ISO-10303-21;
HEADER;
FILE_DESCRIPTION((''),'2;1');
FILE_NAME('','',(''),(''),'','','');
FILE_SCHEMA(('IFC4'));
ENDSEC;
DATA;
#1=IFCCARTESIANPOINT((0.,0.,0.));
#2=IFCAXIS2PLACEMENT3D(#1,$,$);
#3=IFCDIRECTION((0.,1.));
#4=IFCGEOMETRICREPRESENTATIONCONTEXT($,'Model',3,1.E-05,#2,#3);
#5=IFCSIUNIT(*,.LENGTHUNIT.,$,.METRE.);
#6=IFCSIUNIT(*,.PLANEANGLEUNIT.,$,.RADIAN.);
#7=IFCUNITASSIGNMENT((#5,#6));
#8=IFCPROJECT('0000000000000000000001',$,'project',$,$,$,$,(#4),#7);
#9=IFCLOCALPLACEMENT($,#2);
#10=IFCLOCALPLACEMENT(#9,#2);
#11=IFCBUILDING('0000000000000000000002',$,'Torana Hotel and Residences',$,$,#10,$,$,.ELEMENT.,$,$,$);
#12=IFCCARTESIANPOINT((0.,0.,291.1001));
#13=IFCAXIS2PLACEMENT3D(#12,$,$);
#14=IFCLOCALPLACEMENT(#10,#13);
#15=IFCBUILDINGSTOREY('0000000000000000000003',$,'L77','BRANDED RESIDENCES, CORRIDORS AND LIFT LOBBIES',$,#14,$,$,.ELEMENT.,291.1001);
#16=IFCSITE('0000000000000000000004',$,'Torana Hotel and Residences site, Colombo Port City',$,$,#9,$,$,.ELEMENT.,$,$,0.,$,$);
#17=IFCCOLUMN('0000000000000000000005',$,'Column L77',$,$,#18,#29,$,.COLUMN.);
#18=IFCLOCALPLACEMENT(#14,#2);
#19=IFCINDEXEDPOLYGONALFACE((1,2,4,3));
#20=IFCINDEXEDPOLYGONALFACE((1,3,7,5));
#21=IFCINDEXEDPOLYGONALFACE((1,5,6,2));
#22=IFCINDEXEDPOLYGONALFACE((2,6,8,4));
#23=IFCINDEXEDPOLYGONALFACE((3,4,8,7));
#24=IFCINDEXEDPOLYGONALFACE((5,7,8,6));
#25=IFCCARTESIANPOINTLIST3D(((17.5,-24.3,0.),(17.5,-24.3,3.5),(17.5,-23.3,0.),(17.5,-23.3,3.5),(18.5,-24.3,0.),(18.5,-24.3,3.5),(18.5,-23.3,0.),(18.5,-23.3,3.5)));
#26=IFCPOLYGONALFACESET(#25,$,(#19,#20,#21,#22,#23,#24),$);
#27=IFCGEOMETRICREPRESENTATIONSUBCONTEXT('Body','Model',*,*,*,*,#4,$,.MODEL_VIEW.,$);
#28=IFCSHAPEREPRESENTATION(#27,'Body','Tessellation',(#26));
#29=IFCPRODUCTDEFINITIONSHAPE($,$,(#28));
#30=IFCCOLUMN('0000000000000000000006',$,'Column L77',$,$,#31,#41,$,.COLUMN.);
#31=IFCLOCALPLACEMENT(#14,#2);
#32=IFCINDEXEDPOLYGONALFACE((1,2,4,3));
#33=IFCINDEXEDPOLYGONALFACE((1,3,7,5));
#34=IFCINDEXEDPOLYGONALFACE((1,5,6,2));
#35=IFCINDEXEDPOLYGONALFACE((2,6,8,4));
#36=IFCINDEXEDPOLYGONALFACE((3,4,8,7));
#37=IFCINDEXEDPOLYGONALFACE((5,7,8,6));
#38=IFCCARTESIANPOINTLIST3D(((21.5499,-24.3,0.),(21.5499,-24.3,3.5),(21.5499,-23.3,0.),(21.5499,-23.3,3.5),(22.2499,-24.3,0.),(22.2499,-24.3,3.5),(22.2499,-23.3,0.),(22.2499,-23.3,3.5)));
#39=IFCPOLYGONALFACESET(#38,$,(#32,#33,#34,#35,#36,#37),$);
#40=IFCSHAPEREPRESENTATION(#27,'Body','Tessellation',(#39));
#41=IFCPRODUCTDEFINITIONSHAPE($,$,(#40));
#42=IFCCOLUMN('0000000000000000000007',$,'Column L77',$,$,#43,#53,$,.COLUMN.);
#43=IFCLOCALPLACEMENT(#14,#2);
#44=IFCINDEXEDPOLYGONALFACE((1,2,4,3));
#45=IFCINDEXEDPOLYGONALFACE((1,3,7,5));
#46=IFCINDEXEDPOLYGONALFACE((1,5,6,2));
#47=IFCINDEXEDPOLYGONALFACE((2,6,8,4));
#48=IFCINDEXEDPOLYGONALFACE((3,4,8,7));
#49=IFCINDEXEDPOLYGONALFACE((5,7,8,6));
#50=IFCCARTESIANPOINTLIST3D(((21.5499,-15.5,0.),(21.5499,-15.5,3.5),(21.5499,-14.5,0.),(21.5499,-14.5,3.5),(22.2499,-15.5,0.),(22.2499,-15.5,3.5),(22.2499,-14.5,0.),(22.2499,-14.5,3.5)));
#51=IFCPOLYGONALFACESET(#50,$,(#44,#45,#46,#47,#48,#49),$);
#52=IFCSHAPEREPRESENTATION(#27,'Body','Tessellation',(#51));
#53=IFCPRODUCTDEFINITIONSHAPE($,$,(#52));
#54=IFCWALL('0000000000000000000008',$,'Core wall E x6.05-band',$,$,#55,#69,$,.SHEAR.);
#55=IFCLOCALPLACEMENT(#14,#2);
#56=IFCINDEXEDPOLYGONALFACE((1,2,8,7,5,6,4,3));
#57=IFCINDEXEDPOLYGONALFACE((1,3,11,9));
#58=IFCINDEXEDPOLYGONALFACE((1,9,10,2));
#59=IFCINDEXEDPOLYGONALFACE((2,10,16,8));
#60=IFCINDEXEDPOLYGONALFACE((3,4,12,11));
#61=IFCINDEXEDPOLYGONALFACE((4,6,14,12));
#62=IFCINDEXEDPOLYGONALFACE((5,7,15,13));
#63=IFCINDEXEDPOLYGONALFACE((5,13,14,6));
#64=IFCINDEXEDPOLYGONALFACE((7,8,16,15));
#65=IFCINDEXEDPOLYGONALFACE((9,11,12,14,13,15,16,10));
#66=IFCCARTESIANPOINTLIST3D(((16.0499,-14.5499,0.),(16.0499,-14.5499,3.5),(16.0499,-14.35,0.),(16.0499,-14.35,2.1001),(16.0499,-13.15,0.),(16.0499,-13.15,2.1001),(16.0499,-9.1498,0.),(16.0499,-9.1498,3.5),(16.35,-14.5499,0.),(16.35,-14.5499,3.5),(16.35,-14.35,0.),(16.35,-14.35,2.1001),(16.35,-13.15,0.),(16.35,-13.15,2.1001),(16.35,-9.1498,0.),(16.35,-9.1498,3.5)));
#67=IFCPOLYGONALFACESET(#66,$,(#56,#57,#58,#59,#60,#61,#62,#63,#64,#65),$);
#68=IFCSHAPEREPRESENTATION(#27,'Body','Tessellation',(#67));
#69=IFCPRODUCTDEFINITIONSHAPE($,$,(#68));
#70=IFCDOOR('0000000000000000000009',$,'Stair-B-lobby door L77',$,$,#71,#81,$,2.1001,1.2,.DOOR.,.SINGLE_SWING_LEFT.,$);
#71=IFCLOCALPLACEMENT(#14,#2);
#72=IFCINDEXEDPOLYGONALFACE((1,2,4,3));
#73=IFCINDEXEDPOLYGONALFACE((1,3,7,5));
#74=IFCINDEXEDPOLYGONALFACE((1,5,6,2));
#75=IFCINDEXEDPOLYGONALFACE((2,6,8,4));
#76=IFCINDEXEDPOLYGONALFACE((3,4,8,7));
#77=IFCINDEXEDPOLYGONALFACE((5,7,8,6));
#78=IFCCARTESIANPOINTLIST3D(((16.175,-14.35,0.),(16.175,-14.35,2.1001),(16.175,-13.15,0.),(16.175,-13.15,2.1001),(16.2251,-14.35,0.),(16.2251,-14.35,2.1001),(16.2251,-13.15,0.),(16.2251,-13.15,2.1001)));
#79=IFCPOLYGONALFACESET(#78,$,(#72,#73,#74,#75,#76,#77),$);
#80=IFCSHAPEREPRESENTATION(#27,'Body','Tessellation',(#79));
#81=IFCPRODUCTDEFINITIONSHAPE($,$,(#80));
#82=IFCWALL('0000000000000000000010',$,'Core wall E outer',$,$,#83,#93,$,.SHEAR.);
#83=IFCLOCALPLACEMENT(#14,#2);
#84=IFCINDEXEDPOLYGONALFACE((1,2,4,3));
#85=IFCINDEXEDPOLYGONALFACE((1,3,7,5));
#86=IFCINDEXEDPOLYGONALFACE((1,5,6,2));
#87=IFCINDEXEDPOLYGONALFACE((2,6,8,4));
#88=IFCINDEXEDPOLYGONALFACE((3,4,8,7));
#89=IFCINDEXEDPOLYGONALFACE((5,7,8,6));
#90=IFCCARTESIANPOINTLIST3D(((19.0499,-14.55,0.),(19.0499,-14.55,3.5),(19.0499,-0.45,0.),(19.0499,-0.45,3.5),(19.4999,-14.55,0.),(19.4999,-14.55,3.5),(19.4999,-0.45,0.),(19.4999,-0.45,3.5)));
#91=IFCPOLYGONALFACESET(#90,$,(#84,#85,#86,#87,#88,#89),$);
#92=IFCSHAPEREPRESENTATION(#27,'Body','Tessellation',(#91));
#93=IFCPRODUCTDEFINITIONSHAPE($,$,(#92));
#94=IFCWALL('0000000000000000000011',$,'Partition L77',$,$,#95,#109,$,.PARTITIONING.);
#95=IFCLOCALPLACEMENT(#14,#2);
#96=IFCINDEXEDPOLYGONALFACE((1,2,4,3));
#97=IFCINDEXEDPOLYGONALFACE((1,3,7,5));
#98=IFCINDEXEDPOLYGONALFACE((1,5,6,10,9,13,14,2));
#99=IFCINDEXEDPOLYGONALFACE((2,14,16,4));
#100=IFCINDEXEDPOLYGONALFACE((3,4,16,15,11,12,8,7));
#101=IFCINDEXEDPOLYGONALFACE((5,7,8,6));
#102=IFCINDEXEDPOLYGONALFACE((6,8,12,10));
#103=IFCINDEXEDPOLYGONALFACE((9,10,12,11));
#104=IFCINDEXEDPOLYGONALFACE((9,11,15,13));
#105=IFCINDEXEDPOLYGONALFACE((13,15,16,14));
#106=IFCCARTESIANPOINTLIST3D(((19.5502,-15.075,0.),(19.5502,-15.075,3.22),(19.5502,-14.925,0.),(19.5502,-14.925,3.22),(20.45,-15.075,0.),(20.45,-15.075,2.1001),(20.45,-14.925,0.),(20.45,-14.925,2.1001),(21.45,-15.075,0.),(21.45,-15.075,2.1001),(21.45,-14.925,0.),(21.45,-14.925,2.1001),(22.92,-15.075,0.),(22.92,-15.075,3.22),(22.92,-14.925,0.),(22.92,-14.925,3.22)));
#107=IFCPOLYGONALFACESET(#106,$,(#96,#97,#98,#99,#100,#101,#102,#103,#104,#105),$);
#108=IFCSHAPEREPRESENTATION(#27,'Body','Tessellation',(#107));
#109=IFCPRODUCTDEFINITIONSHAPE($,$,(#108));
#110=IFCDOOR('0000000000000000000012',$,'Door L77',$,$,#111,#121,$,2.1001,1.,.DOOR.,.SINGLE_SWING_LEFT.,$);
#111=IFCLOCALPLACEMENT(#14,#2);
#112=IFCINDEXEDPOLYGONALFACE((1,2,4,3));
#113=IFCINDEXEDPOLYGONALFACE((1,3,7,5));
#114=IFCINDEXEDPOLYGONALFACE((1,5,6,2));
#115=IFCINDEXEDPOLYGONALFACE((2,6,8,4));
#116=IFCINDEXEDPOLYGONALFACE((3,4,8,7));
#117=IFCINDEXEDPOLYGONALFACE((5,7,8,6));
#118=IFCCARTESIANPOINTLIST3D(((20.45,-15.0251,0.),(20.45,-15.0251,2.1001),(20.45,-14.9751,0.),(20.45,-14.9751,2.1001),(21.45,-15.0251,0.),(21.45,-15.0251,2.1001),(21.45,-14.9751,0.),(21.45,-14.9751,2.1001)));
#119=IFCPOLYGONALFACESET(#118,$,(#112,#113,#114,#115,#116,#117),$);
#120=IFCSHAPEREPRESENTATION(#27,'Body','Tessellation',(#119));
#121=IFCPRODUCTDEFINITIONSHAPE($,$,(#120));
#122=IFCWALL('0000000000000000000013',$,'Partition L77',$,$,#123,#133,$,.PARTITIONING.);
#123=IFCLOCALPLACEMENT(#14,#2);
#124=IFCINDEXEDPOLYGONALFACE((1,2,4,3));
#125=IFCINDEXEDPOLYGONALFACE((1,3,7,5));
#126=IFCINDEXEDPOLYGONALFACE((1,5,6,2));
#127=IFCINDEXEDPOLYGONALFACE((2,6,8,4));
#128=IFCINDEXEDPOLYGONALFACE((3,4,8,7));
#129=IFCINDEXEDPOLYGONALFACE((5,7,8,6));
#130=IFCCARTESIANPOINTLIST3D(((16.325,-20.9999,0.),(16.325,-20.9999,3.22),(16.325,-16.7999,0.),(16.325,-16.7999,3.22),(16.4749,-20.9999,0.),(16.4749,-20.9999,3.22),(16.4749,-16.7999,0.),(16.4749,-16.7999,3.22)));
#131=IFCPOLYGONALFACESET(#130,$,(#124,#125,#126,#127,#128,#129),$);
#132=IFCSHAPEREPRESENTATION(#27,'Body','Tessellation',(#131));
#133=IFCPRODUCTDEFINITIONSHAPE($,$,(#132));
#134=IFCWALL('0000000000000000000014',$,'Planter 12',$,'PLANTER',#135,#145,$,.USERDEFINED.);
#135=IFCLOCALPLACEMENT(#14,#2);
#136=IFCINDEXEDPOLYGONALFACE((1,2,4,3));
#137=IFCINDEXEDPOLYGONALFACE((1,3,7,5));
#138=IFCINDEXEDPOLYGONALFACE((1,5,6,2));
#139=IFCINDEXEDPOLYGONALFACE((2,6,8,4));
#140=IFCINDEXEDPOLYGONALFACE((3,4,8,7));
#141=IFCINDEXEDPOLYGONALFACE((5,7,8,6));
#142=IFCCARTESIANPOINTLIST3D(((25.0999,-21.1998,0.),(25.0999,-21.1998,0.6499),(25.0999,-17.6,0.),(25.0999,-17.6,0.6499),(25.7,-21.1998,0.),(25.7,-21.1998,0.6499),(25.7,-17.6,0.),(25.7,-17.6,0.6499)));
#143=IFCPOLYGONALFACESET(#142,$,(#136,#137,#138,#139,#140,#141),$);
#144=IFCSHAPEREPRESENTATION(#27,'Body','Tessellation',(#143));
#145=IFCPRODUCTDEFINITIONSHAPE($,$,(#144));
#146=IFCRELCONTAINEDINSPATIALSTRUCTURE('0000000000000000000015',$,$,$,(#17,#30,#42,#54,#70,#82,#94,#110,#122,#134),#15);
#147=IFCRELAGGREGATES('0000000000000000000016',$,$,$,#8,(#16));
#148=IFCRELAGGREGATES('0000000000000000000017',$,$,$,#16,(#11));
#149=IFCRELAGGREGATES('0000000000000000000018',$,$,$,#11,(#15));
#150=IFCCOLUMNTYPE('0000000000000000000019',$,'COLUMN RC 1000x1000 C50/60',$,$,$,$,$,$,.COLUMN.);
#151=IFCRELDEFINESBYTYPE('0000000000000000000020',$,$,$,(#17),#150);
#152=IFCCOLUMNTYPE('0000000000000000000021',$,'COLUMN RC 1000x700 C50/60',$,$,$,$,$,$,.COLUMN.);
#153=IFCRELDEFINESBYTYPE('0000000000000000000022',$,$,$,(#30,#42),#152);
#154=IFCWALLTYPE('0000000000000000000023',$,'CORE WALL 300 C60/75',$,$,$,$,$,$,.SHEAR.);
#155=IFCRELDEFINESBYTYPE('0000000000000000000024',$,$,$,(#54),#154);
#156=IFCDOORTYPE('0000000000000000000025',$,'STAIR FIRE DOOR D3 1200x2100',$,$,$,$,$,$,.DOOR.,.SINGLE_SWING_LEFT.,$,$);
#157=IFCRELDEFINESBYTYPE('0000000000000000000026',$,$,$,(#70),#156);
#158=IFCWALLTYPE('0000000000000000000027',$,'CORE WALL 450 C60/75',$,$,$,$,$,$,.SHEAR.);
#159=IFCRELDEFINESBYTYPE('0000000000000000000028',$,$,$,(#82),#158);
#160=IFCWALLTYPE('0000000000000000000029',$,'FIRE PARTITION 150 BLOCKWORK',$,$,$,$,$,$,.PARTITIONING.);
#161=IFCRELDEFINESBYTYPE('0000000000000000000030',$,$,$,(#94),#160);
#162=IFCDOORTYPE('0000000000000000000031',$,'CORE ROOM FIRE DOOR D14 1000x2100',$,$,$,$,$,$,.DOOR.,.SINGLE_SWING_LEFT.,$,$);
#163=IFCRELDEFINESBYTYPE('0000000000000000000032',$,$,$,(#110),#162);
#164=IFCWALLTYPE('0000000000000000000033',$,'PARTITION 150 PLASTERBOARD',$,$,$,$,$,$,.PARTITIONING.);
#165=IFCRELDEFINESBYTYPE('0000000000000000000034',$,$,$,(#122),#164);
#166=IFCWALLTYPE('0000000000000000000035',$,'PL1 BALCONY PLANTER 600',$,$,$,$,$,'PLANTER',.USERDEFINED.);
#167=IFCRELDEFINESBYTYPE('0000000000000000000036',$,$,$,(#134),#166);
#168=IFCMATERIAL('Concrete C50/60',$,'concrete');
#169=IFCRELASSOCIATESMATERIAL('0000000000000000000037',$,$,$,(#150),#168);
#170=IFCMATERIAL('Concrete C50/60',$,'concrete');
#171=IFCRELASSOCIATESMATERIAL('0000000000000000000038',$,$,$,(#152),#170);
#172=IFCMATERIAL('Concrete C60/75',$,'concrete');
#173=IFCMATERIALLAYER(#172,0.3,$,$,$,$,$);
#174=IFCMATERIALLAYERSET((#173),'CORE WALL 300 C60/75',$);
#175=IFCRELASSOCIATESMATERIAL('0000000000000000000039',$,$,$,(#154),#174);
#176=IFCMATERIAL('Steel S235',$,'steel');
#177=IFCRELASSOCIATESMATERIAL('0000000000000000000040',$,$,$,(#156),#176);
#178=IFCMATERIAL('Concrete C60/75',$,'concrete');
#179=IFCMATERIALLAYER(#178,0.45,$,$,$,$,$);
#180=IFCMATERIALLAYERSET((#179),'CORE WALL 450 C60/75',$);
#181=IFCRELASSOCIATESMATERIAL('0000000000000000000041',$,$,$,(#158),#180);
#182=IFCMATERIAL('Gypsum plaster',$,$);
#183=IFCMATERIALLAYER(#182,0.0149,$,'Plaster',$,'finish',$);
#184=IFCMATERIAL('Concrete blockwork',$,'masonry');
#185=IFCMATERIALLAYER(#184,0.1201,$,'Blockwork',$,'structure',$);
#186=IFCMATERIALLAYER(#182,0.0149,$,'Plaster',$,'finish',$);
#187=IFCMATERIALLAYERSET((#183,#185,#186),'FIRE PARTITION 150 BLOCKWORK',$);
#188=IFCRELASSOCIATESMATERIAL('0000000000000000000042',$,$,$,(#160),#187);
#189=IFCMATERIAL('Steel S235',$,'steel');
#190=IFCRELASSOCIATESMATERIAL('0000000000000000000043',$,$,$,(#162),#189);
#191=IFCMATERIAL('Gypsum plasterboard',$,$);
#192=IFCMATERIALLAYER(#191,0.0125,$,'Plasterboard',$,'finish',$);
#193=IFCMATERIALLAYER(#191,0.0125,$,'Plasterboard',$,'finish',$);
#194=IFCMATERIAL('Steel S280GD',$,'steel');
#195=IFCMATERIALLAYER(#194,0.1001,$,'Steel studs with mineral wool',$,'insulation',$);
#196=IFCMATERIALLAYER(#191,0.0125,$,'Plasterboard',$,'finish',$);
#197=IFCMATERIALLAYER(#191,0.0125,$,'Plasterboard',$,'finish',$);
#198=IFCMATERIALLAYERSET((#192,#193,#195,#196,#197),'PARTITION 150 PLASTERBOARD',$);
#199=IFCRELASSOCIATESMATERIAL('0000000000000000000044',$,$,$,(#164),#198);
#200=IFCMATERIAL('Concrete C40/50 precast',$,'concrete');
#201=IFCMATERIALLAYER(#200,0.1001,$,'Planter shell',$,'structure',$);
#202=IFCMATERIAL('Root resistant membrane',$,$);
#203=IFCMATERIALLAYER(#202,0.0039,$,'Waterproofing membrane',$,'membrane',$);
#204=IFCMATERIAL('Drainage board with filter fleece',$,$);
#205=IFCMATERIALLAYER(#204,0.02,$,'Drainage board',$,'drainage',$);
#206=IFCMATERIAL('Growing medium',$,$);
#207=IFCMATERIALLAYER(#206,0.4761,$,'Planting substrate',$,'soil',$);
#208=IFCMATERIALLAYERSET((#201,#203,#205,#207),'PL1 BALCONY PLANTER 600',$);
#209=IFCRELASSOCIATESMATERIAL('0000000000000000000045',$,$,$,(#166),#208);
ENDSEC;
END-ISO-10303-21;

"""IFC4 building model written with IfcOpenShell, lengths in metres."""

from ifc_helpers import new_model, si_unit, direction, frame, frame_2d, origin, origin_2d, place, context, subcontext, project, spatial, rectangle, extrude, material, layer, layer_set, material_profile, profile_set, type_object, element, fill, save


model = new_model("IFC4")

# Units and contexts
model_context = context("Model", 3, precision=1e-05, world=origin(), true_north=direction((0.0, 1.0)))
body_context = subcontext(model_context, "Body", "Model", "MODEL_VIEW")
ifc_project = project(units=[si_unit("LENGTHUNIT", "METRE"), si_unit("PLANEANGLEUNIT", "RADIAN")], contexts=[model_context])

# Site, building, storey
site_placement = place(None, origin())
site = spatial("IfcSite", under=ifc_project, at=site_placement, Name="Torana Hotel and Residences site, Colombo Port City", CompositionType="ELEMENT", RefElevation=0.0)
building_placement = place(site_placement, origin())
building = spatial("IfcBuilding", under=site, at=building_placement, Name="Torana Hotel and Residences", CompositionType="ELEMENT")
storey_placement = place(building_placement, frame((0.0, 0.0, 291.1001)))
storey = spatial("IfcBuildingStorey", under=building, at=storey_placement, Name="L77", Description="BRANDED RESIDENCES, CORRIDORS AND LIFT LOBBIES", CompositionType="ELEMENT", Elevation=291.1001)

# Columns
ifc_material_1 = material(Name="Concrete C50/60", Category="concrete")
ifc_material_profile_1 = material_profile(ifc_material_1, rectangle(XDim=1.0, YDim=1.0, at=origin_2d()), Name="RC 1000x1000")
ifc_profile_set_1 = profile_set([ifc_material_profile_1], Name="Concrete C50/60")
column_type_1 = type_object("IfcColumnType", Name="COLUMN RC 1000x1000 C50/60", PredefinedType="COLUMN", material=ifc_profile_set_1)
column_placement = place(storey_placement, frame((18.0, -23.8, 0.0), z_axis=(0.0, 0.0, 1.0), x_axis=(1.0, 0.0, 0.0)))
element("IfcColumn", 1, at=column_placement, inside=storey, type_object=column_type_1, Name="Column L77", PredefinedType="COLUMN", context=body_context, shape_type="SweptSolid", body=[
    extrude(rectangle(XDim=1.0, YDim=1.0, at=origin_2d()), origin(), (0.0, 0.0, 1.0), 3.5),
])
ifc_material_2 = material(Name="Concrete C50/60", Category="concrete")
ifc_material_profile_2 = material_profile(ifc_material_2, rectangle(XDim=1.0, YDim=0.7, at=origin_2d()), Name="RC 1000x700")
ifc_profile_set_2 = profile_set([ifc_material_profile_2], Name="Concrete C50/60")
column_type_2 = type_object("IfcColumnType", Name="COLUMN RC 1000x700 C50/60", PredefinedType="COLUMN", material=ifc_profile_set_2)
for number, where, z_axis, x_axis, name in (
    (2, (21.8999, -23.8, 0.0), (0.0, 0.0, 1.0), (0.0, 1.0, 0.0), "Column L77"),
    (3, (21.8999, -15.0, 0.0), (0.0, 0.0, 1.0), (0.0, 1.0, 0.0), "Column L77"),
):
    element("IfcColumn", number, at=place(storey_placement, frame(where, z_axis=z_axis, x_axis=x_axis)), inside=storey, type_object=column_type_2, Name=name, PredefinedType="COLUMN", context=body_context, shape_type="SweptSolid", body=[
        extrude(rectangle(XDim=1.0, YDim=0.7, at=origin_2d()), origin(), (0.0, 0.0, 1.0), 3.5),
    ])

# Wall, opening, door
ifc_material_3 = material(Name="Concrete C60/75", Category="concrete")
ifc_layer_1 = layer(ifc_material_3, 0.3)
ifc_layer_set_1 = layer_set([ifc_layer_1], Name="CORE WALL 300 C60/75")
wall_type_1 = type_object("IfcWallType", Name="CORE WALL 300 C60/75", PredefinedType="SHEAR", material=ifc_layer_set_1)
wall_1_placement = place(storey_placement, frame((16.2, -14.55, 0.0), z_axis=(0.0, 0.0, 1.0), x_axis=(0.0, 1.0, 0.0)))
wall_1 = element("IfcWall", 4, at=wall_1_placement, inside=storey, type_object=wall_type_1, Name="Core wall E x6.05-band", PredefinedType="SHEAR", context=body_context, shape_type="SweptSolid", body=[
    extrude(rectangle(XDim=5.4001, YDim=0.3, at=frame_2d((2.7002, 0.0))), origin(), (0.0, 0.0, 1.0), 3.5),
])
opening_1_placement = place(wall_1_placement, frame((0.2, 0.0, 0.0)))
opening_1 = element("IfcOpeningElement", 5, at=opening_1_placement, cuts=wall_1, PredefinedType="OPENING", context=body_context, shape_type="SweptSolid", body=[
    extrude(rectangle(XDim=1.2, YDim=2.1001, at=frame_2d((0.6001, 1.05))), frame((0.0, 0.1599, 0.0), z_axis=(0.0, -1.0, 0.0), x_axis=(1.0, 0.0, 0.0)), (0.0, 0.0, 1.0), 0.3201),
])
ifc_material_4 = material(Name="Steel S235", Category="steel")
door_type_1 = type_object("IfcDoorType", Name="STAIR FIRE DOOR D3 1200x2100", OperationType="SINGLE_SWING_LEFT", PredefinedType="DOOR", material=ifc_material_4)
door_1_placement = place(opening_1_placement, frame((0.6001, 0.0, 0.0), z_axis=(0.0, 0.0, 1.0), x_axis=(-1.0, 0.0, 0.0)))
door_1 = element("IfcDoor", 6, at=door_1_placement, inside=storey, type_object=door_type_1, Name="Stair-B-lobby door L77", OperationType="SINGLE_SWING_LEFT", OverallHeight=2.1001, OverallWidth=1.2, PredefinedType="DOOR", context=body_context, shape_type="SweptSolid", body=[
    extrude(rectangle(XDim=1.2, YDim=2.1001, at=frame_2d((0.0, 1.05))), frame((0.0, -0.0249, 0.0), z_axis=(0.0, 1.0, 0.0), x_axis=(-1.0, 0.0, 0.0)), (0.0, 0.0, 1.0), 0.05),
])
fill(opening_1, door_1)

# Wall
ifc_material_5 = material(Name="Concrete C60/75", Category="concrete")
ifc_layer_2 = layer(ifc_material_5, 0.45)
ifc_layer_set_2 = layer_set([ifc_layer_2], Name="CORE WALL 450 C60/75")
wall_type_2 = type_object("IfcWallType", Name="CORE WALL 450 C60/75", PredefinedType="SHEAR", material=ifc_layer_set_2)
wall_2_placement = place(storey_placement, frame((19.2749, -14.55, 0.0), z_axis=(0.0, 0.0, 1.0), x_axis=(0.0, 1.0, 0.0)))
element("IfcWall", 7, at=wall_2_placement, inside=storey, type_object=wall_type_2, Name="Core wall E outer", PredefinedType="SHEAR", context=body_context, shape_type="SweptSolid", body=[
    extrude(rectangle(XDim=14.1001, YDim=0.45, at=frame_2d((7.05, 0.0))), origin(), (0.0, 0.0, 1.0), 3.5),
])

# Wall, opening, door
ifc_material_6 = material(Name="Gypsum plaster")
ifc_layer_3 = layer(ifc_material_6, 0.0149, Name="Plaster", Category="finish")
ifc_material_7 = material(Name="Concrete blockwork", Category="masonry")
ifc_layer_4 = layer(ifc_material_7, 0.1201, Name="Blockwork", Category="structure")
ifc_layer_5 = layer(ifc_material_6, 0.0149, Name="Plaster", Category="finish")
ifc_layer_set_3 = layer_set([ifc_layer_3, ifc_layer_4, ifc_layer_5], Name="FIRE PARTITION 150 BLOCKWORK")
wall_type_3 = type_object("IfcWallType", Name="FIRE PARTITION 150 BLOCKWORK", PredefinedType="PARTITIONING", material=ifc_layer_set_3)
wall_3_placement = place(storey_placement, frame((19.55, -15.0, 0.0), z_axis=(0.0, 0.0, 1.0), x_axis=(1.0, 0.0, 0.0)))
wall_3 = element("IfcWall", 8, at=wall_3_placement, inside=storey, type_object=wall_type_3, Name="Partition L77", PredefinedType="PARTITIONING", context=body_context, shape_type="SweptSolid", body=[
    extrude(rectangle(XDim=3.3699, YDim=0.1499, at=frame_2d((1.6851, 0.0))), origin(), (0.0, 0.0, 1.0), 3.22),
])
opening_2_placement = place(wall_3_placement, frame((0.8999, 0.0, 0.0)))
opening_2 = element("IfcOpeningElement", 9, at=opening_2_placement, cuts=wall_3, PredefinedType="OPENING", context=body_context, shape_type="SweptSolid", body=[
    extrude(rectangle(XDim=1.0, YDim=2.1001, at=frame_2d((0.5, 1.05))), frame((0.0, 0.085, 0.0), z_axis=(0.0, -1.0, 0.0), x_axis=(1.0, 0.0, 0.0)), (0.0, 0.0, 1.0), 0.1699),
])
ifc_material_8 = material(Name="Steel S235", Category="steel")
door_type_2 = type_object("IfcDoorType", Name="CORE ROOM FIRE DOOR D14 1000x2100", OperationType="SINGLE_SWING_LEFT", PredefinedType="DOOR", material=ifc_material_8)
door_2_placement = place(opening_2_placement, origin())
door_2 = element("IfcDoor", 10, at=door_2_placement, inside=storey, type_object=door_type_2, Name="Door L77", OperationType="SINGLE_SWING_LEFT", OverallHeight=2.1001, OverallWidth=1.0, PredefinedType="DOOR", context=body_context, shape_type="SweptSolid", body=[
    extrude(rectangle(XDim=1.0, YDim=2.1001, at=frame_2d((0.5, 1.05))), frame((0.0, 0.0249, 0.0), z_axis=(0.0, -1.0, 0.0), x_axis=(1.0, 0.0, 0.0)), (0.0, 0.0, 1.0), 0.05),
])
fill(opening_2, door_2)

# Walls
ifc_material_9 = material(Name="Gypsum plasterboard")
ifc_layer_6 = layer(ifc_material_9, 0.0125, Name="Plasterboard", Category="finish")
ifc_layer_7 = layer(ifc_material_9, 0.0125, Name="Plasterboard", Category="finish")
ifc_material_10 = material(Name="Steel S280GD", Category="steel")
ifc_layer_8 = layer(ifc_material_10, 0.1001, Name="Steel studs with mineral wool", Category="insulation")
ifc_layer_9 = layer(ifc_material_9, 0.0125, Name="Plasterboard", Category="finish")
ifc_layer_10 = layer(ifc_material_9, 0.0125, Name="Plasterboard", Category="finish")
ifc_layer_set_4 = layer_set([ifc_layer_6, ifc_layer_7, ifc_layer_8, ifc_layer_9, ifc_layer_10], Name="PARTITION 150 PLASTERBOARD")
wall_type_4 = type_object("IfcWallType", Name="PARTITION 150 PLASTERBOARD", PredefinedType="PARTITIONING", material=ifc_layer_set_4)
wall_4_placement = place(storey_placement, frame((16.3999, -21.0, 0.0), z_axis=(0.0, 0.0, 1.0), x_axis=(0.0, 1.0, 0.0)))
element("IfcWall", 11, at=wall_4_placement, inside=storey, type_object=wall_type_4, Name="Partition L77", PredefinedType="PARTITIONING", context=body_context, shape_type="SweptSolid", body=[
    extrude(rectangle(XDim=4.2, YDim=0.1499, at=frame_2d((2.1001, 0.0))), origin(), (0.0, 0.0, 1.0), 3.22),
])
ifc_material_11 = material(Name="Concrete C40/50 precast", Category="concrete")
ifc_layer_11 = layer(ifc_material_11, 0.1001, Name="Planter shell", Category="structure")
ifc_material_12 = material(Name="Root resistant membrane")
ifc_layer_12 = layer(ifc_material_12, 0.0039, Name="Waterproofing membrane", Category="membrane")
ifc_material_13 = material(Name="Drainage board with filter fleece")
ifc_layer_13 = layer(ifc_material_13, 0.02, Name="Drainage board", Category="drainage")
ifc_material_14 = material(Name="Growing medium")
ifc_layer_14 = layer(ifc_material_14, 0.4761, Name="Planting substrate", Category="soil")
ifc_layer_set_5 = layer_set([ifc_layer_11, ifc_layer_12, ifc_layer_13, ifc_layer_14], Name="PL1 BALCONY PLANTER 600")
wall_type_5 = type_object("IfcWallType", Name="PL1 BALCONY PLANTER 600", ElementType="PLANTER", PredefinedType="USERDEFINED", material=ifc_layer_set_5)
wall_5_placement = place(storey_placement, frame((25.3999, -17.6001, 0.0), z_axis=(0.0, 0.0, 1.0), x_axis=(0.0, -1.0, 0.0)))
element("IfcWall", 12, at=wall_5_placement, inside=storey, type_object=wall_type_5, Name="Planter 12", ObjectType="PLANTER", PredefinedType="USERDEFINED", context=body_context, shape_type="SweptSolid", body=[
    extrude(rectangle(XDim=3.5999, YDim=0.6001, at=frame_2d((1.7998, 0.0))), origin(), (0.0, 0.0, 1.0), 0.6499),
])

save(model, "model.ifc")
